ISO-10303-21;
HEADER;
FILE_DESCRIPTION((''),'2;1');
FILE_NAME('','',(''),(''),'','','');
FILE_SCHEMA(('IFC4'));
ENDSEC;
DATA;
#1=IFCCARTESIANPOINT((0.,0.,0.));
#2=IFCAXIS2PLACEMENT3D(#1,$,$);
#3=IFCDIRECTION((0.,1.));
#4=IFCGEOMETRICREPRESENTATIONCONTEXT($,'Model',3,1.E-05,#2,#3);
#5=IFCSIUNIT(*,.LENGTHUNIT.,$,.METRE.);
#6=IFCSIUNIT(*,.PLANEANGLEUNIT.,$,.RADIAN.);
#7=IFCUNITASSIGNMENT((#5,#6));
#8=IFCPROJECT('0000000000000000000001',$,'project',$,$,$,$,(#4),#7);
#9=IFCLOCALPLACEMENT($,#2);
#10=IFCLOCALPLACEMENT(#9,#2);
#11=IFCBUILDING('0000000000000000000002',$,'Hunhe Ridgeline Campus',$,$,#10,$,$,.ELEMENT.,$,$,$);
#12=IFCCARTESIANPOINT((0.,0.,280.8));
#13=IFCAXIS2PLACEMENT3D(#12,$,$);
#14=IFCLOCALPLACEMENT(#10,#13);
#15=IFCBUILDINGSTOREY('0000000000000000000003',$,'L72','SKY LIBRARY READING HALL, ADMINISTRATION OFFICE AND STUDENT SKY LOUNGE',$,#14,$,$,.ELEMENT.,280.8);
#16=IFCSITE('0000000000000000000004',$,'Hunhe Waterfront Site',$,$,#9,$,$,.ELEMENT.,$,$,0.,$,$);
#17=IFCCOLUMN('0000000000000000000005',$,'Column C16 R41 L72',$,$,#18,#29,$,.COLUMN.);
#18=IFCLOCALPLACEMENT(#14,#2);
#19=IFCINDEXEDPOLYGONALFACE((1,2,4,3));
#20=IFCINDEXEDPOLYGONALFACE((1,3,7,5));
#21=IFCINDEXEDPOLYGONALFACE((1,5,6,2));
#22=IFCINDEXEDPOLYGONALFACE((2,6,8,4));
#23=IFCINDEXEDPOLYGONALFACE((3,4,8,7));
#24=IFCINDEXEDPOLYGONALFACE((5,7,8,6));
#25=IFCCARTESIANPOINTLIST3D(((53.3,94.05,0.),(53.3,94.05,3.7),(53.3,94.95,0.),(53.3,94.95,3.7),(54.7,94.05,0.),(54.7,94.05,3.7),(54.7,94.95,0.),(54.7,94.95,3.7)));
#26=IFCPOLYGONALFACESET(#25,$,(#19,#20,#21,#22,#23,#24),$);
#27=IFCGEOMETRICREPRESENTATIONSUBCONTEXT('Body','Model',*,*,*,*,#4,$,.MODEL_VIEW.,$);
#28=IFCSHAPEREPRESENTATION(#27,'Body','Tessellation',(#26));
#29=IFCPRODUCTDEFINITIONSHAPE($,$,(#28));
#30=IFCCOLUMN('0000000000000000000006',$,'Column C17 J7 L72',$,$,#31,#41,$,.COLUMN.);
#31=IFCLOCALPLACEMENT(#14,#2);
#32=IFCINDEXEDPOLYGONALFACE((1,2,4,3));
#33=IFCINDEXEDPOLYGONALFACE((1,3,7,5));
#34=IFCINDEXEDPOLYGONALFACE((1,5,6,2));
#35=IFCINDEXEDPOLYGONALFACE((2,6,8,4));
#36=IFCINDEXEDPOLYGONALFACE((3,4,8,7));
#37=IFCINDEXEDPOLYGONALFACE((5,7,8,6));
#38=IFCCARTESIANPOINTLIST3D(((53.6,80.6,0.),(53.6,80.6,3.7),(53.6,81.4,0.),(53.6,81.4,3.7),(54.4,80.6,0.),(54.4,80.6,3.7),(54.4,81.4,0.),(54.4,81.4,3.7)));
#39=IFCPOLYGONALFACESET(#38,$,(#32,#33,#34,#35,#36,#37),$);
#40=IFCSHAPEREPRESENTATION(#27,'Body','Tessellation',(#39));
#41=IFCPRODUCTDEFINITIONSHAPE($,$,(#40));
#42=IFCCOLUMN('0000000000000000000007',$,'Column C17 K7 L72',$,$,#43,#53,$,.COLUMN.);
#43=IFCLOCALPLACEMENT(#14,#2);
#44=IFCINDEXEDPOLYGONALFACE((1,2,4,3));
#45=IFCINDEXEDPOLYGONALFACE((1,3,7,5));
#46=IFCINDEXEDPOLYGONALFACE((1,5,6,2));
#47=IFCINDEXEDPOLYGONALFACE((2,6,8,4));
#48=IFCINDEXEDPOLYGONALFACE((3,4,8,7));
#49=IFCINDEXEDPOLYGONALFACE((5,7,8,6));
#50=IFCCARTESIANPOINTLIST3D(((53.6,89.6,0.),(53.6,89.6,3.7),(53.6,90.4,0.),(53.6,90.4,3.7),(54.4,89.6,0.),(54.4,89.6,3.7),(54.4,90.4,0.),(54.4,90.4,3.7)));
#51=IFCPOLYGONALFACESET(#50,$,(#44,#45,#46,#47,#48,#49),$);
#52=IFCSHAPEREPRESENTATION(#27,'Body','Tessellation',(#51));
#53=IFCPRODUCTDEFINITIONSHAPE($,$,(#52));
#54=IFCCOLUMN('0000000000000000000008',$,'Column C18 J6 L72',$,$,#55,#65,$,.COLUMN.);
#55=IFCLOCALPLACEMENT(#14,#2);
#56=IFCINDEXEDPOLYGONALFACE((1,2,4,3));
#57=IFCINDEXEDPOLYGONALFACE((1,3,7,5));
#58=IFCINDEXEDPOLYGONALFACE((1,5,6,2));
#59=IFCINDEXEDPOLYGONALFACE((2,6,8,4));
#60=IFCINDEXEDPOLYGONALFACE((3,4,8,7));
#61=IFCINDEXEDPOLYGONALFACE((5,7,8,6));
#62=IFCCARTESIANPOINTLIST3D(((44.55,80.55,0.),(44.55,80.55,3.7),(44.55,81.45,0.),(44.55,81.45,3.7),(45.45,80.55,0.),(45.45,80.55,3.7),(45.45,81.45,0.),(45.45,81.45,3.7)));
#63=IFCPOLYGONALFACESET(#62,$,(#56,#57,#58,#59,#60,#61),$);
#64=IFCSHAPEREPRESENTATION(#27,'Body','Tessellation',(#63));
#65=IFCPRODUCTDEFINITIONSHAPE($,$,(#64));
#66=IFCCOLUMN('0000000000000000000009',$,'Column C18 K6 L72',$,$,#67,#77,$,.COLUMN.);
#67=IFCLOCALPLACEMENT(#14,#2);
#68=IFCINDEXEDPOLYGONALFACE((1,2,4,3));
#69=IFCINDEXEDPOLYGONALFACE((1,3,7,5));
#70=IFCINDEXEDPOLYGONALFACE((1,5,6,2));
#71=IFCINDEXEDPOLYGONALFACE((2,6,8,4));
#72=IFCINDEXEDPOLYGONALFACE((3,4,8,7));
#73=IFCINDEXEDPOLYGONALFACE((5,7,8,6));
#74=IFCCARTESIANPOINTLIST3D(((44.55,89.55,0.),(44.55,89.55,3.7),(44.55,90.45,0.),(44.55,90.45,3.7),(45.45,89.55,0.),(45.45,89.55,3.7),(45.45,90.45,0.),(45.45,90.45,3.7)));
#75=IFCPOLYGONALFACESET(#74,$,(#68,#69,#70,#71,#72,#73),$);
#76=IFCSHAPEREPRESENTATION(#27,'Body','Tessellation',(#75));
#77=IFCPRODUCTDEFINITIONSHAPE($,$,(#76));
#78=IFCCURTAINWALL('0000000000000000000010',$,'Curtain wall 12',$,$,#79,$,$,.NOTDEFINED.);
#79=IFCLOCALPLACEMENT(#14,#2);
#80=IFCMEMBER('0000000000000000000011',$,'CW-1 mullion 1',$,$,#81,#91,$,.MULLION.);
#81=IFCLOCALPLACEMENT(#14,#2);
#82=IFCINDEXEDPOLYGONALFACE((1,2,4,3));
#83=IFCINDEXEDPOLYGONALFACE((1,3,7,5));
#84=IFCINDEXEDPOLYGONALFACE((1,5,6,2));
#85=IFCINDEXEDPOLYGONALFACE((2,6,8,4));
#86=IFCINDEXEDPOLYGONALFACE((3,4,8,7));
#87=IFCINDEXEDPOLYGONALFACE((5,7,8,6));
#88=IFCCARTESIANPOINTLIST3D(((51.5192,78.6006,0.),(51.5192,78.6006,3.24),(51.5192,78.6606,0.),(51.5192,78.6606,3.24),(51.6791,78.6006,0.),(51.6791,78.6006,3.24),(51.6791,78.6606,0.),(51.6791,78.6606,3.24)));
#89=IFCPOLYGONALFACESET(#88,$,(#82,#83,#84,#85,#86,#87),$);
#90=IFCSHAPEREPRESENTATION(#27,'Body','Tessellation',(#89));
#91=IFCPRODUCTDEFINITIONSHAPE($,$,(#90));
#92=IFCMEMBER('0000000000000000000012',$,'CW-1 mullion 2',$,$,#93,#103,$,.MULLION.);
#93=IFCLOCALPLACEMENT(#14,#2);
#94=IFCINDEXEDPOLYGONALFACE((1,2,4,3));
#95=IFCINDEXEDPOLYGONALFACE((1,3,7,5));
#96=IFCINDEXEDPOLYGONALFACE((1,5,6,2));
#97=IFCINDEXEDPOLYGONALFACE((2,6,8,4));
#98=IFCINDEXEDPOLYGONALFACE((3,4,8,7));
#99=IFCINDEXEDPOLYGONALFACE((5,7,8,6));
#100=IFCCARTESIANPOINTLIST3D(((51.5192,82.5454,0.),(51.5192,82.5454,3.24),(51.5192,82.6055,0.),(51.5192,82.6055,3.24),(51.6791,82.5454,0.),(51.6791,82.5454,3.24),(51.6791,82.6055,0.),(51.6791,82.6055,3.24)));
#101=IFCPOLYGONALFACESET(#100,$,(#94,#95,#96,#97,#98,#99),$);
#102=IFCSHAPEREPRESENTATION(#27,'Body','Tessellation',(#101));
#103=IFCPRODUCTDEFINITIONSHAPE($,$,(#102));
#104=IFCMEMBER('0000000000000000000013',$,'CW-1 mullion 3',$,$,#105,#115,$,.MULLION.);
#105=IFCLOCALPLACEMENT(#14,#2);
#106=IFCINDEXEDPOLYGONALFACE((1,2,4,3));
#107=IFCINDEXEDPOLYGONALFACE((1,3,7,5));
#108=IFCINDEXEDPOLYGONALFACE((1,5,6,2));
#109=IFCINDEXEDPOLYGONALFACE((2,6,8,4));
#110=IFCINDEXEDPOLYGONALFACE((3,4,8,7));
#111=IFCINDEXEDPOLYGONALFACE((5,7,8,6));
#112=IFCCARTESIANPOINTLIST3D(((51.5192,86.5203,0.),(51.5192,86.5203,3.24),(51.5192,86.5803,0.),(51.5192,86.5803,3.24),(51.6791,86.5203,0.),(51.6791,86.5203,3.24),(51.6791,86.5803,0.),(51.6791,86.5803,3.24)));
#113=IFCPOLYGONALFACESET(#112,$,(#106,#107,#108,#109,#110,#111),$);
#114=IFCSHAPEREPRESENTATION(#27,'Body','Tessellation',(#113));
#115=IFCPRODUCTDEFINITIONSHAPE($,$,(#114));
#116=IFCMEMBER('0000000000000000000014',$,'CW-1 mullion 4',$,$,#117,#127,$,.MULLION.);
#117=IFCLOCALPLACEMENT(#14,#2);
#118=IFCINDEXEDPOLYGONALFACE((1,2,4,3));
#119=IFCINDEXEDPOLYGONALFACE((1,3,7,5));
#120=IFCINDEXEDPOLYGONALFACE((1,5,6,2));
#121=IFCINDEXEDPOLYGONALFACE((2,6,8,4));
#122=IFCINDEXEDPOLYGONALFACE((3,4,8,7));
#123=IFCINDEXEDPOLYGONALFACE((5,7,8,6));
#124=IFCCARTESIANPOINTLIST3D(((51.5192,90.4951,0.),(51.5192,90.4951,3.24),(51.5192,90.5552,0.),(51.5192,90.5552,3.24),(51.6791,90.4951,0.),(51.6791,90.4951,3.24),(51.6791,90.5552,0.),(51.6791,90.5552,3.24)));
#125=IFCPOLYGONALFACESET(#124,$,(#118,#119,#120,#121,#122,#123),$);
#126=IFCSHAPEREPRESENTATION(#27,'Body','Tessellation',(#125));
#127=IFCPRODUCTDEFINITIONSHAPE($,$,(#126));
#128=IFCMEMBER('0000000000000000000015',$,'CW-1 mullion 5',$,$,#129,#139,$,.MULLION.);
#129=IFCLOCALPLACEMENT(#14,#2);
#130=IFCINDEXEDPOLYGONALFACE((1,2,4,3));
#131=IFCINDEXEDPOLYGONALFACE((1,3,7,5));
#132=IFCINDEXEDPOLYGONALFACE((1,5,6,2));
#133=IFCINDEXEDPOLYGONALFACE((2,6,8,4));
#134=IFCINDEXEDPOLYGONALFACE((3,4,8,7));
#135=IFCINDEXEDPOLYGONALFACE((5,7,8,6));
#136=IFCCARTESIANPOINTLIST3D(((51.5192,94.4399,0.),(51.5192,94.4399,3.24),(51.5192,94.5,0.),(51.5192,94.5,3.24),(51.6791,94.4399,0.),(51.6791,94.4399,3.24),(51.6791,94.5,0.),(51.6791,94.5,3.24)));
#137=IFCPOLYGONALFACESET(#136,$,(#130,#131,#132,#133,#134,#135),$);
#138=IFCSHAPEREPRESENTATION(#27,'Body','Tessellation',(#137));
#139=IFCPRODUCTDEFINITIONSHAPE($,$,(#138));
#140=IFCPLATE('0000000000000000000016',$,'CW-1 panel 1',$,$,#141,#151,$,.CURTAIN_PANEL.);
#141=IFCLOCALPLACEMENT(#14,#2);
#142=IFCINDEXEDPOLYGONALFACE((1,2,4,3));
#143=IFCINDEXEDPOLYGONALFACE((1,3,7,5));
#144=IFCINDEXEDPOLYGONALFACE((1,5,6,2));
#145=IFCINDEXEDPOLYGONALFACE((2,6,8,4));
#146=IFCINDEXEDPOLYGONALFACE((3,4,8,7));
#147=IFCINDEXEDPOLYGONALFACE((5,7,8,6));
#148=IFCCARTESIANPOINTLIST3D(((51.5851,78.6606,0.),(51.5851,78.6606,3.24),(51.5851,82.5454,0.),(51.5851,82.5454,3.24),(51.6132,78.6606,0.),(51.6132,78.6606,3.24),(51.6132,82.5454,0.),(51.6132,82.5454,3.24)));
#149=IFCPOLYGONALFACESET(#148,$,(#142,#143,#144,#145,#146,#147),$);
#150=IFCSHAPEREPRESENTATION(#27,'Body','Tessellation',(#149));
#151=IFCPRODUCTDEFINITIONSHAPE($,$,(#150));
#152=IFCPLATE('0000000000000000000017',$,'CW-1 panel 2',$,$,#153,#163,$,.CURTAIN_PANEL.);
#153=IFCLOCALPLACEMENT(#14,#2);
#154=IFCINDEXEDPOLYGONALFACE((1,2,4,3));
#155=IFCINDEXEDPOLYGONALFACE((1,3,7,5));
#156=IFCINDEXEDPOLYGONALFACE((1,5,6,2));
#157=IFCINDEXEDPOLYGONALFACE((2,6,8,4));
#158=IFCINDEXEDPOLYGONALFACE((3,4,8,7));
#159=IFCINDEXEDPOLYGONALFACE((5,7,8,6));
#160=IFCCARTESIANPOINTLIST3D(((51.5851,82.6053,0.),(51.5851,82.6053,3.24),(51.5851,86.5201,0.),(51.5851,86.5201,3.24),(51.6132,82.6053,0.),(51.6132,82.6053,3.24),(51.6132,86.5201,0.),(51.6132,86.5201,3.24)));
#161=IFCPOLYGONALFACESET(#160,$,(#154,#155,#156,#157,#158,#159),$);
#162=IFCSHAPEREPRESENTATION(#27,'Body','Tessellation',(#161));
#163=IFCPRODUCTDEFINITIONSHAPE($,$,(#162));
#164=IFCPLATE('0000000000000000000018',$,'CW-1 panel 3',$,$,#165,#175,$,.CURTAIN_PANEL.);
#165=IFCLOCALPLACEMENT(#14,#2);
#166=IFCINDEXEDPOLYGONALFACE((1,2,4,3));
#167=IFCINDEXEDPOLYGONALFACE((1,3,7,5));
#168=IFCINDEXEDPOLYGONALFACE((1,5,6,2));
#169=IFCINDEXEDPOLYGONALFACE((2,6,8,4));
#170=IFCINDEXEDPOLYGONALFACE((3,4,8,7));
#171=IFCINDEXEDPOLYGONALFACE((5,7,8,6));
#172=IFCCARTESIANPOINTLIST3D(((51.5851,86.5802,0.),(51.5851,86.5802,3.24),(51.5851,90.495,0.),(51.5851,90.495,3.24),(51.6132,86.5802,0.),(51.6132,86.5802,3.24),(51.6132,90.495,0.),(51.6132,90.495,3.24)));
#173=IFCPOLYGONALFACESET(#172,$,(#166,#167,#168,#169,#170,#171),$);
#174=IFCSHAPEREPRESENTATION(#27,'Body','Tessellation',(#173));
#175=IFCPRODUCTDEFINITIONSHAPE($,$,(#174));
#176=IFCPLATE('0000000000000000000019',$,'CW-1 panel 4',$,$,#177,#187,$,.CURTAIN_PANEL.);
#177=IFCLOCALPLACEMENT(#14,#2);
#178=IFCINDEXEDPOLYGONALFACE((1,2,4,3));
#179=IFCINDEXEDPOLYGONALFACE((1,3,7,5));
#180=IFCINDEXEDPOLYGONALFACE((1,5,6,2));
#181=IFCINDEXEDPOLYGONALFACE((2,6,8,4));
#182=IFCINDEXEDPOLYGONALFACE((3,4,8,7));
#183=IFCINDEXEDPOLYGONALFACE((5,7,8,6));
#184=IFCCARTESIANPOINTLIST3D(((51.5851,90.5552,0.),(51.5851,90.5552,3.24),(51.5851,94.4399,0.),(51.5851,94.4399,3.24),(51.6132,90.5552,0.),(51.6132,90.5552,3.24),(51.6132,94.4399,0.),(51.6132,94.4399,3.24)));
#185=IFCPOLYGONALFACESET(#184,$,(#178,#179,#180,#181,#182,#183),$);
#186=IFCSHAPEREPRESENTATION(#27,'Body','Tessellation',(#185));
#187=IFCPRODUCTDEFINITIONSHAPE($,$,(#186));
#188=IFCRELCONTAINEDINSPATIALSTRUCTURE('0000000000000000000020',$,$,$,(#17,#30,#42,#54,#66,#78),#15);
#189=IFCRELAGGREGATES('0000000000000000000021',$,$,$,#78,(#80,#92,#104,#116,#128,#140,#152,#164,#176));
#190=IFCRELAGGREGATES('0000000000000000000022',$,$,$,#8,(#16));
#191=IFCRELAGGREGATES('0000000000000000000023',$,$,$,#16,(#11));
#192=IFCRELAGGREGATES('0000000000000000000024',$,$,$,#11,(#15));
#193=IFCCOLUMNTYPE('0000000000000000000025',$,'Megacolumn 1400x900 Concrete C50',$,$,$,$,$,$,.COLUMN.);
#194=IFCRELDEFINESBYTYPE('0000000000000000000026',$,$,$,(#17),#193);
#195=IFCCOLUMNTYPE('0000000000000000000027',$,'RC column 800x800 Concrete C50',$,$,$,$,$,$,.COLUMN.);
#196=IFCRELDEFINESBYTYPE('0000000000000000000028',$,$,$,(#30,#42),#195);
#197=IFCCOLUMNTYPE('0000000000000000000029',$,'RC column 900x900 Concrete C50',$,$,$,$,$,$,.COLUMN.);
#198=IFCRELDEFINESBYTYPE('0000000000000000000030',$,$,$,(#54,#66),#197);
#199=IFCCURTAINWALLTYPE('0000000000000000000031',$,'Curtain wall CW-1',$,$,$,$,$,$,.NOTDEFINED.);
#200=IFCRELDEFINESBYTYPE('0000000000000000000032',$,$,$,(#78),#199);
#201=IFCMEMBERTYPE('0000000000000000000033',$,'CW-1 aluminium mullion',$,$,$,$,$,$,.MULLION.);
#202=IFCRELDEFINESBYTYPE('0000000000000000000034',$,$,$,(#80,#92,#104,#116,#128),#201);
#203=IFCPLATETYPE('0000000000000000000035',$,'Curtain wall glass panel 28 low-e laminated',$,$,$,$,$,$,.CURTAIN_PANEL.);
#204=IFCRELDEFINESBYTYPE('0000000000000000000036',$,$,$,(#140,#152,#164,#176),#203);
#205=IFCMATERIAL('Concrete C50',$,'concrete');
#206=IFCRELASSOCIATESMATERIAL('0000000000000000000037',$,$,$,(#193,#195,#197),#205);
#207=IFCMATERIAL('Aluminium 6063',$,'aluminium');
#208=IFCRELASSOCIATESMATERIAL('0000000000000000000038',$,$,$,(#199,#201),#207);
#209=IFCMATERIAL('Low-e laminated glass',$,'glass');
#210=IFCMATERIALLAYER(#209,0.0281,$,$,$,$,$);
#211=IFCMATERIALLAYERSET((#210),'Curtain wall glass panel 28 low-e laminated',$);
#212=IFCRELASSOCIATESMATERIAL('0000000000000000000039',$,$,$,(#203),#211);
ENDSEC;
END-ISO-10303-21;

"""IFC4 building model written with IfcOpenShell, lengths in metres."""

from ifc_helpers import new_model, si_unit, direction, frame, origin, origin_2d, place, context, subcontext, project, spatial, rectangle, extrude, material, layer, layer_set, material_profile, profile_set, type_object, element, aggregate, save


model = new_model("IFC4")

# Units and contexts
model_context = context("Model", 3, precision=1e-05, world=origin(), true_north=direction((0.0, 1.0)))
body_context = subcontext(model_context, "Body", "Model", "MODEL_VIEW")
ifc_project = project(units=[si_unit("LENGTHUNIT", "METRE"), si_unit("PLANEANGLEUNIT", "RADIAN")], contexts=[model_context])

# Site, building, storey
site_placement = place(None, origin())
site = spatial("IfcSite", under=ifc_project, at=site_placement, Name="Hunhe Waterfront Site", CompositionType="ELEMENT", RefElevation=0.0)
building_placement = place(site_placement, origin())
building = spatial("IfcBuilding", under=site, at=building_placement, Name="Hunhe Ridgeline Campus", CompositionType="ELEMENT")
storey_placement = place(building_placement, frame((0.0, 0.0, 280.8)))
storey = spatial("IfcBuildingStorey", under=building, at=storey_placement, Name="L72", Description="SKY LIBRARY READING HALL, ADMINISTRATION OFFICE AND STUDENT SKY LOUNGE", CompositionType="ELEMENT", Elevation=280.8)

# Columns
ifc_material_1 = material(Name="Concrete C50", Category="concrete")
ifc_material_profile_1 = material_profile(ifc_material_1, rectangle(XDim=1.3999, YDim=0.8999, at=origin_2d()))
ifc_profile_set_1 = profile_set([ifc_material_profile_1], Name="Concrete C50")
column_type_1 = type_object("IfcColumnType", Name="Megacolumn 1400x900 Concrete C50", PredefinedType="COLUMN", material=ifc_profile_set_1)
column_placement = place(storey_placement, frame((54.0, 94.5, 0.0), z_axis=(0.0, 0.0, 1.0), x_axis=(1.0, 0.0, 0.0)))
element("IfcColumn", 1, at=column_placement, inside=storey, type_object=column_type_1, Name="Column C16 R41 L72", PredefinedType="COLUMN", context=body_context, shape_type="SweptSolid", body=[
    extrude(rectangle(XDim=1.3999, YDim=0.8999, at=origin_2d()), origin(), (0.0, 0.0, 1.0), 3.7),
])
ifc_material_profile_2 = material_profile(ifc_material_1, rectangle(XDim=0.8, YDim=0.8, at=origin_2d()))
ifc_profile_set_2 = profile_set([ifc_material_profile_2], Name="Concrete C50")
column_type_2 = type_object("IfcColumnType", Name="RC column 800x800 Concrete C50", PredefinedType="COLUMN", material=ifc_profile_set_2)
for number, where, z_axis, x_axis, name in (
    (2, (54.0, 81.0, 0.0), (0.0, 0.0, 1.0), (1.0, 0.0, 0.0), "Column C17 J7 L72"),
    (3, (54.0, 90.0, 0.0), (0.0, 0.0, 1.0), (1.0, 0.0, 0.0), "Column C17 K7 L72"),
):
    element("IfcColumn", number, at=place(storey_placement, frame(where, z_axis=z_axis, x_axis=x_axis)), inside=storey, type_object=column_type_2, Name=name, PredefinedType="COLUMN", context=body_context, shape_type="SweptSolid", body=[
        extrude(rectangle(XDim=0.8, YDim=0.8, at=origin_2d()), origin(), (0.0, 0.0, 1.0), 3.7),
    ])
ifc_material_profile_3 = material_profile(ifc_material_1, rectangle(XDim=0.8999, YDim=0.8999, at=origin_2d()))
ifc_profile_set_3 = profile_set([ifc_material_profile_3], Name="Concrete C50")
column_type_3 = type_object("IfcColumnType", Name="RC column 900x900 Concrete C50", PredefinedType="COLUMN", material=ifc_profile_set_3)
for number, where, z_axis, x_axis, name in (
    (4, (45.0, 81.0, 0.0), (0.0, 0.0, 1.0), (1.0, 0.0, 0.0), "Column C18 J6 L72"),
    (5, (45.0, 90.0, 0.0), (0.0, 0.0, 1.0), (1.0, 0.0, 0.0), "Column C18 K6 L72"),
):
    element("IfcColumn", number, at=place(storey_placement, frame(where, z_axis=z_axis, x_axis=x_axis)), inside=storey, type_object=column_type_3, Name=name, PredefinedType="COLUMN", context=body_context, shape_type="SweptSolid", body=[
        extrude(rectangle(XDim=0.8999, YDim=0.8999, at=origin_2d()), origin(), (0.0, 0.0, 1.0), 3.7),
    ])

# Curtain wall, members, plates
ifc_material_2 = material(Name="Aluminium 6063", Category="aluminium")
curtain_wall_type = type_object("IfcCurtainWallType", Name="Curtain wall CW-1", PredefinedType="NOTDEFINED", material=ifc_material_2)
curtain_wall_placement = place(storey_placement, origin())
curtain_wall = element("IfcCurtainWall", 6, at=curtain_wall_placement, inside=storey, type_object=curtain_wall_type, Name="Curtain wall 12", PredefinedType="NOTDEFINED")
ifc_material_profile_4 = material_profile(ifc_material_2, rectangle(XDim=0.1599, YDim=0.0601, at=origin_2d()))
ifc_profile_set_4 = profile_set([ifc_material_profile_4], Name="Aluminium 6063")
member_type = type_object("IfcMemberType", Name="CW-1 aluminium mullion", PredefinedType="MULLION", material=ifc_profile_set_4)
member_1_placement = place(storey_placement, frame((51.5991, 78.6306, 0.0), z_axis=(0.0, 0.0, 1.0), x_axis=(-1.0, 0.0, 0.0)))
member_1 = element("IfcMember", 7, at=member_1_placement, type_object=member_type, Name="CW-1 mullion 1", PredefinedType="MULLION", context=body_context, shape_type="SweptSolid", body=[
    extrude(rectangle(XDim=0.1599, YDim=0.0601, at=origin_2d()), origin(), (0.0, 0.0, 1.0), 3.24),
])
member_2_placement = place(storey_placement, frame((51.5991, 82.5754, 0.0), z_axis=(0.0, 0.0, 1.0), x_axis=(-1.0, 0.0, 0.0)))
member_2 = element("IfcMember", 8, at=member_2_placement, type_object=member_type, Name="CW-1 mullion 2", PredefinedType="MULLION", context=body_context, shape_type="SweptSolid", body=[
    extrude(rectangle(XDim=0.1599, YDim=0.0601, at=origin_2d()), origin(), (0.0, 0.0, 1.0), 3.24),
])
member_3_placement = place(storey_placement, frame((51.5991, 86.5503, 0.0), z_axis=(0.0, 0.0, 1.0), x_axis=(-1.0, 0.0, 0.0)))
member_3 = element("IfcMember", 9, at=member_3_placement, type_object=member_type, Name="CW-1 mullion 3", PredefinedType="MULLION", context=body_context, shape_type="SweptSolid", body=[
    extrude(rectangle(XDim=0.1599, YDim=0.0601, at=origin_2d()), origin(), (0.0, 0.0, 1.0), 3.24),
])
member_4_placement = place(storey_placement, frame((51.5991, 90.5251, 0.0), z_axis=(0.0, 0.0, 1.0), x_axis=(-1.0, 0.0, 0.0)))
member_4 = element("IfcMember", 10, at=member_4_placement, type_object=member_type, Name="CW-1 mullion 4", PredefinedType="MULLION", context=body_context, shape_type="SweptSolid", body=[
    extrude(rectangle(XDim=0.1599, YDim=0.0601, at=origin_2d()), origin(), (0.0, 0.0, 1.0), 3.24),
])
member_5_placement = place(storey_placement, frame((51.5991, 94.47, 0.0), z_axis=(0.0, 0.0, 1.0), x_axis=(-1.0, 0.0, 0.0)))
member_5 = element("IfcMember", 11, at=member_5_placement, type_object=member_type, Name="CW-1 mullion 5", PredefinedType="MULLION", context=body_context, shape_type="SweptSolid", body=[
    extrude(rectangle(XDim=0.1599, YDim=0.0601, at=origin_2d()), origin(), (0.0, 0.0, 1.0), 3.24),
])
ifc_material_3 = material(Name="Low-e laminated glass", Category="glass")
ifc_layer_1 = layer(ifc_material_3, 0.0281)
ifc_layer_set_1 = layer_set([ifc_layer_1], Name="Curtain wall glass panel 28 low-e laminated")
plate_type = type_object("IfcPlateType", Name="Curtain wall glass panel 28 low-e laminated", PredefinedType="CURTAIN_PANEL", material=ifc_layer_set_1)
plate_1_placement = place(storey_placement, frame((51.5991, 80.603, 0.0), z_axis=(0.0, 0.0, 1.0), x_axis=(0.0, 1.0, 0.0)))
plate_1 = element("IfcPlate", 12, at=plate_1_placement, type_object=plate_type, Name="CW-1 panel 1", PredefinedType="CURTAIN_PANEL", context=body_context, shape_type="SweptSolid", body=[
    extrude(rectangle(XDim=3.8848, YDim=0.0281, at=origin_2d()), origin(), (0.0, 0.0, 1.0), 3.24),
])
plate_2_placement = place(storey_placement, frame((51.5991, 84.5627, 0.0), z_axis=(0.0, 0.0, 1.0), x_axis=(0.0, 1.0, 0.0)))
plate_2 = element("IfcPlate", 13, at=plate_2_placement, type_object=plate_type, Name="CW-1 panel 2", PredefinedType="CURTAIN_PANEL", context=body_context, shape_type="SweptSolid", body=[
    extrude(rectangle(XDim=3.9148, YDim=0.0281, at=origin_2d()), origin(), (0.0, 0.0, 1.0), 3.24),
])
plate_3_placement = place(storey_placement, frame((51.5991, 88.5376, 0.0), z_axis=(0.0, 0.0, 1.0), x_axis=(0.0, 1.0, 0.0)))
plate_3 = element("IfcPlate", 14, at=plate_3_placement, type_object=plate_type, Name="CW-1 panel 3", PredefinedType="CURTAIN_PANEL", context=body_context, shape_type="SweptSolid", body=[
    extrude(rectangle(XDim=3.9148, YDim=0.0281, at=origin_2d()), origin(), (0.0, 0.0, 1.0), 3.24),
])
plate_4_placement = place(storey_placement, frame((51.5991, 92.4976, 0.0), z_axis=(0.0, 0.0, 1.0), x_axis=(0.0, 1.0, 0.0)))
plate_4 = element("IfcPlate", 15, at=plate_4_placement, type_object=plate_type, Name="CW-1 panel 4", PredefinedType="CURTAIN_PANEL", context=body_context, shape_type="SweptSolid", body=[
    extrude(rectangle(XDim=3.8848, YDim=0.0281, at=origin_2d()), origin(), (0.0, 0.0, 1.0), 3.24),
])
aggregate(curtain_wall, [member_1, member_2, member_3, member_4, member_5, plate_1, plate_2, plate_3, plate_4])

save(model, "model.ifc")
